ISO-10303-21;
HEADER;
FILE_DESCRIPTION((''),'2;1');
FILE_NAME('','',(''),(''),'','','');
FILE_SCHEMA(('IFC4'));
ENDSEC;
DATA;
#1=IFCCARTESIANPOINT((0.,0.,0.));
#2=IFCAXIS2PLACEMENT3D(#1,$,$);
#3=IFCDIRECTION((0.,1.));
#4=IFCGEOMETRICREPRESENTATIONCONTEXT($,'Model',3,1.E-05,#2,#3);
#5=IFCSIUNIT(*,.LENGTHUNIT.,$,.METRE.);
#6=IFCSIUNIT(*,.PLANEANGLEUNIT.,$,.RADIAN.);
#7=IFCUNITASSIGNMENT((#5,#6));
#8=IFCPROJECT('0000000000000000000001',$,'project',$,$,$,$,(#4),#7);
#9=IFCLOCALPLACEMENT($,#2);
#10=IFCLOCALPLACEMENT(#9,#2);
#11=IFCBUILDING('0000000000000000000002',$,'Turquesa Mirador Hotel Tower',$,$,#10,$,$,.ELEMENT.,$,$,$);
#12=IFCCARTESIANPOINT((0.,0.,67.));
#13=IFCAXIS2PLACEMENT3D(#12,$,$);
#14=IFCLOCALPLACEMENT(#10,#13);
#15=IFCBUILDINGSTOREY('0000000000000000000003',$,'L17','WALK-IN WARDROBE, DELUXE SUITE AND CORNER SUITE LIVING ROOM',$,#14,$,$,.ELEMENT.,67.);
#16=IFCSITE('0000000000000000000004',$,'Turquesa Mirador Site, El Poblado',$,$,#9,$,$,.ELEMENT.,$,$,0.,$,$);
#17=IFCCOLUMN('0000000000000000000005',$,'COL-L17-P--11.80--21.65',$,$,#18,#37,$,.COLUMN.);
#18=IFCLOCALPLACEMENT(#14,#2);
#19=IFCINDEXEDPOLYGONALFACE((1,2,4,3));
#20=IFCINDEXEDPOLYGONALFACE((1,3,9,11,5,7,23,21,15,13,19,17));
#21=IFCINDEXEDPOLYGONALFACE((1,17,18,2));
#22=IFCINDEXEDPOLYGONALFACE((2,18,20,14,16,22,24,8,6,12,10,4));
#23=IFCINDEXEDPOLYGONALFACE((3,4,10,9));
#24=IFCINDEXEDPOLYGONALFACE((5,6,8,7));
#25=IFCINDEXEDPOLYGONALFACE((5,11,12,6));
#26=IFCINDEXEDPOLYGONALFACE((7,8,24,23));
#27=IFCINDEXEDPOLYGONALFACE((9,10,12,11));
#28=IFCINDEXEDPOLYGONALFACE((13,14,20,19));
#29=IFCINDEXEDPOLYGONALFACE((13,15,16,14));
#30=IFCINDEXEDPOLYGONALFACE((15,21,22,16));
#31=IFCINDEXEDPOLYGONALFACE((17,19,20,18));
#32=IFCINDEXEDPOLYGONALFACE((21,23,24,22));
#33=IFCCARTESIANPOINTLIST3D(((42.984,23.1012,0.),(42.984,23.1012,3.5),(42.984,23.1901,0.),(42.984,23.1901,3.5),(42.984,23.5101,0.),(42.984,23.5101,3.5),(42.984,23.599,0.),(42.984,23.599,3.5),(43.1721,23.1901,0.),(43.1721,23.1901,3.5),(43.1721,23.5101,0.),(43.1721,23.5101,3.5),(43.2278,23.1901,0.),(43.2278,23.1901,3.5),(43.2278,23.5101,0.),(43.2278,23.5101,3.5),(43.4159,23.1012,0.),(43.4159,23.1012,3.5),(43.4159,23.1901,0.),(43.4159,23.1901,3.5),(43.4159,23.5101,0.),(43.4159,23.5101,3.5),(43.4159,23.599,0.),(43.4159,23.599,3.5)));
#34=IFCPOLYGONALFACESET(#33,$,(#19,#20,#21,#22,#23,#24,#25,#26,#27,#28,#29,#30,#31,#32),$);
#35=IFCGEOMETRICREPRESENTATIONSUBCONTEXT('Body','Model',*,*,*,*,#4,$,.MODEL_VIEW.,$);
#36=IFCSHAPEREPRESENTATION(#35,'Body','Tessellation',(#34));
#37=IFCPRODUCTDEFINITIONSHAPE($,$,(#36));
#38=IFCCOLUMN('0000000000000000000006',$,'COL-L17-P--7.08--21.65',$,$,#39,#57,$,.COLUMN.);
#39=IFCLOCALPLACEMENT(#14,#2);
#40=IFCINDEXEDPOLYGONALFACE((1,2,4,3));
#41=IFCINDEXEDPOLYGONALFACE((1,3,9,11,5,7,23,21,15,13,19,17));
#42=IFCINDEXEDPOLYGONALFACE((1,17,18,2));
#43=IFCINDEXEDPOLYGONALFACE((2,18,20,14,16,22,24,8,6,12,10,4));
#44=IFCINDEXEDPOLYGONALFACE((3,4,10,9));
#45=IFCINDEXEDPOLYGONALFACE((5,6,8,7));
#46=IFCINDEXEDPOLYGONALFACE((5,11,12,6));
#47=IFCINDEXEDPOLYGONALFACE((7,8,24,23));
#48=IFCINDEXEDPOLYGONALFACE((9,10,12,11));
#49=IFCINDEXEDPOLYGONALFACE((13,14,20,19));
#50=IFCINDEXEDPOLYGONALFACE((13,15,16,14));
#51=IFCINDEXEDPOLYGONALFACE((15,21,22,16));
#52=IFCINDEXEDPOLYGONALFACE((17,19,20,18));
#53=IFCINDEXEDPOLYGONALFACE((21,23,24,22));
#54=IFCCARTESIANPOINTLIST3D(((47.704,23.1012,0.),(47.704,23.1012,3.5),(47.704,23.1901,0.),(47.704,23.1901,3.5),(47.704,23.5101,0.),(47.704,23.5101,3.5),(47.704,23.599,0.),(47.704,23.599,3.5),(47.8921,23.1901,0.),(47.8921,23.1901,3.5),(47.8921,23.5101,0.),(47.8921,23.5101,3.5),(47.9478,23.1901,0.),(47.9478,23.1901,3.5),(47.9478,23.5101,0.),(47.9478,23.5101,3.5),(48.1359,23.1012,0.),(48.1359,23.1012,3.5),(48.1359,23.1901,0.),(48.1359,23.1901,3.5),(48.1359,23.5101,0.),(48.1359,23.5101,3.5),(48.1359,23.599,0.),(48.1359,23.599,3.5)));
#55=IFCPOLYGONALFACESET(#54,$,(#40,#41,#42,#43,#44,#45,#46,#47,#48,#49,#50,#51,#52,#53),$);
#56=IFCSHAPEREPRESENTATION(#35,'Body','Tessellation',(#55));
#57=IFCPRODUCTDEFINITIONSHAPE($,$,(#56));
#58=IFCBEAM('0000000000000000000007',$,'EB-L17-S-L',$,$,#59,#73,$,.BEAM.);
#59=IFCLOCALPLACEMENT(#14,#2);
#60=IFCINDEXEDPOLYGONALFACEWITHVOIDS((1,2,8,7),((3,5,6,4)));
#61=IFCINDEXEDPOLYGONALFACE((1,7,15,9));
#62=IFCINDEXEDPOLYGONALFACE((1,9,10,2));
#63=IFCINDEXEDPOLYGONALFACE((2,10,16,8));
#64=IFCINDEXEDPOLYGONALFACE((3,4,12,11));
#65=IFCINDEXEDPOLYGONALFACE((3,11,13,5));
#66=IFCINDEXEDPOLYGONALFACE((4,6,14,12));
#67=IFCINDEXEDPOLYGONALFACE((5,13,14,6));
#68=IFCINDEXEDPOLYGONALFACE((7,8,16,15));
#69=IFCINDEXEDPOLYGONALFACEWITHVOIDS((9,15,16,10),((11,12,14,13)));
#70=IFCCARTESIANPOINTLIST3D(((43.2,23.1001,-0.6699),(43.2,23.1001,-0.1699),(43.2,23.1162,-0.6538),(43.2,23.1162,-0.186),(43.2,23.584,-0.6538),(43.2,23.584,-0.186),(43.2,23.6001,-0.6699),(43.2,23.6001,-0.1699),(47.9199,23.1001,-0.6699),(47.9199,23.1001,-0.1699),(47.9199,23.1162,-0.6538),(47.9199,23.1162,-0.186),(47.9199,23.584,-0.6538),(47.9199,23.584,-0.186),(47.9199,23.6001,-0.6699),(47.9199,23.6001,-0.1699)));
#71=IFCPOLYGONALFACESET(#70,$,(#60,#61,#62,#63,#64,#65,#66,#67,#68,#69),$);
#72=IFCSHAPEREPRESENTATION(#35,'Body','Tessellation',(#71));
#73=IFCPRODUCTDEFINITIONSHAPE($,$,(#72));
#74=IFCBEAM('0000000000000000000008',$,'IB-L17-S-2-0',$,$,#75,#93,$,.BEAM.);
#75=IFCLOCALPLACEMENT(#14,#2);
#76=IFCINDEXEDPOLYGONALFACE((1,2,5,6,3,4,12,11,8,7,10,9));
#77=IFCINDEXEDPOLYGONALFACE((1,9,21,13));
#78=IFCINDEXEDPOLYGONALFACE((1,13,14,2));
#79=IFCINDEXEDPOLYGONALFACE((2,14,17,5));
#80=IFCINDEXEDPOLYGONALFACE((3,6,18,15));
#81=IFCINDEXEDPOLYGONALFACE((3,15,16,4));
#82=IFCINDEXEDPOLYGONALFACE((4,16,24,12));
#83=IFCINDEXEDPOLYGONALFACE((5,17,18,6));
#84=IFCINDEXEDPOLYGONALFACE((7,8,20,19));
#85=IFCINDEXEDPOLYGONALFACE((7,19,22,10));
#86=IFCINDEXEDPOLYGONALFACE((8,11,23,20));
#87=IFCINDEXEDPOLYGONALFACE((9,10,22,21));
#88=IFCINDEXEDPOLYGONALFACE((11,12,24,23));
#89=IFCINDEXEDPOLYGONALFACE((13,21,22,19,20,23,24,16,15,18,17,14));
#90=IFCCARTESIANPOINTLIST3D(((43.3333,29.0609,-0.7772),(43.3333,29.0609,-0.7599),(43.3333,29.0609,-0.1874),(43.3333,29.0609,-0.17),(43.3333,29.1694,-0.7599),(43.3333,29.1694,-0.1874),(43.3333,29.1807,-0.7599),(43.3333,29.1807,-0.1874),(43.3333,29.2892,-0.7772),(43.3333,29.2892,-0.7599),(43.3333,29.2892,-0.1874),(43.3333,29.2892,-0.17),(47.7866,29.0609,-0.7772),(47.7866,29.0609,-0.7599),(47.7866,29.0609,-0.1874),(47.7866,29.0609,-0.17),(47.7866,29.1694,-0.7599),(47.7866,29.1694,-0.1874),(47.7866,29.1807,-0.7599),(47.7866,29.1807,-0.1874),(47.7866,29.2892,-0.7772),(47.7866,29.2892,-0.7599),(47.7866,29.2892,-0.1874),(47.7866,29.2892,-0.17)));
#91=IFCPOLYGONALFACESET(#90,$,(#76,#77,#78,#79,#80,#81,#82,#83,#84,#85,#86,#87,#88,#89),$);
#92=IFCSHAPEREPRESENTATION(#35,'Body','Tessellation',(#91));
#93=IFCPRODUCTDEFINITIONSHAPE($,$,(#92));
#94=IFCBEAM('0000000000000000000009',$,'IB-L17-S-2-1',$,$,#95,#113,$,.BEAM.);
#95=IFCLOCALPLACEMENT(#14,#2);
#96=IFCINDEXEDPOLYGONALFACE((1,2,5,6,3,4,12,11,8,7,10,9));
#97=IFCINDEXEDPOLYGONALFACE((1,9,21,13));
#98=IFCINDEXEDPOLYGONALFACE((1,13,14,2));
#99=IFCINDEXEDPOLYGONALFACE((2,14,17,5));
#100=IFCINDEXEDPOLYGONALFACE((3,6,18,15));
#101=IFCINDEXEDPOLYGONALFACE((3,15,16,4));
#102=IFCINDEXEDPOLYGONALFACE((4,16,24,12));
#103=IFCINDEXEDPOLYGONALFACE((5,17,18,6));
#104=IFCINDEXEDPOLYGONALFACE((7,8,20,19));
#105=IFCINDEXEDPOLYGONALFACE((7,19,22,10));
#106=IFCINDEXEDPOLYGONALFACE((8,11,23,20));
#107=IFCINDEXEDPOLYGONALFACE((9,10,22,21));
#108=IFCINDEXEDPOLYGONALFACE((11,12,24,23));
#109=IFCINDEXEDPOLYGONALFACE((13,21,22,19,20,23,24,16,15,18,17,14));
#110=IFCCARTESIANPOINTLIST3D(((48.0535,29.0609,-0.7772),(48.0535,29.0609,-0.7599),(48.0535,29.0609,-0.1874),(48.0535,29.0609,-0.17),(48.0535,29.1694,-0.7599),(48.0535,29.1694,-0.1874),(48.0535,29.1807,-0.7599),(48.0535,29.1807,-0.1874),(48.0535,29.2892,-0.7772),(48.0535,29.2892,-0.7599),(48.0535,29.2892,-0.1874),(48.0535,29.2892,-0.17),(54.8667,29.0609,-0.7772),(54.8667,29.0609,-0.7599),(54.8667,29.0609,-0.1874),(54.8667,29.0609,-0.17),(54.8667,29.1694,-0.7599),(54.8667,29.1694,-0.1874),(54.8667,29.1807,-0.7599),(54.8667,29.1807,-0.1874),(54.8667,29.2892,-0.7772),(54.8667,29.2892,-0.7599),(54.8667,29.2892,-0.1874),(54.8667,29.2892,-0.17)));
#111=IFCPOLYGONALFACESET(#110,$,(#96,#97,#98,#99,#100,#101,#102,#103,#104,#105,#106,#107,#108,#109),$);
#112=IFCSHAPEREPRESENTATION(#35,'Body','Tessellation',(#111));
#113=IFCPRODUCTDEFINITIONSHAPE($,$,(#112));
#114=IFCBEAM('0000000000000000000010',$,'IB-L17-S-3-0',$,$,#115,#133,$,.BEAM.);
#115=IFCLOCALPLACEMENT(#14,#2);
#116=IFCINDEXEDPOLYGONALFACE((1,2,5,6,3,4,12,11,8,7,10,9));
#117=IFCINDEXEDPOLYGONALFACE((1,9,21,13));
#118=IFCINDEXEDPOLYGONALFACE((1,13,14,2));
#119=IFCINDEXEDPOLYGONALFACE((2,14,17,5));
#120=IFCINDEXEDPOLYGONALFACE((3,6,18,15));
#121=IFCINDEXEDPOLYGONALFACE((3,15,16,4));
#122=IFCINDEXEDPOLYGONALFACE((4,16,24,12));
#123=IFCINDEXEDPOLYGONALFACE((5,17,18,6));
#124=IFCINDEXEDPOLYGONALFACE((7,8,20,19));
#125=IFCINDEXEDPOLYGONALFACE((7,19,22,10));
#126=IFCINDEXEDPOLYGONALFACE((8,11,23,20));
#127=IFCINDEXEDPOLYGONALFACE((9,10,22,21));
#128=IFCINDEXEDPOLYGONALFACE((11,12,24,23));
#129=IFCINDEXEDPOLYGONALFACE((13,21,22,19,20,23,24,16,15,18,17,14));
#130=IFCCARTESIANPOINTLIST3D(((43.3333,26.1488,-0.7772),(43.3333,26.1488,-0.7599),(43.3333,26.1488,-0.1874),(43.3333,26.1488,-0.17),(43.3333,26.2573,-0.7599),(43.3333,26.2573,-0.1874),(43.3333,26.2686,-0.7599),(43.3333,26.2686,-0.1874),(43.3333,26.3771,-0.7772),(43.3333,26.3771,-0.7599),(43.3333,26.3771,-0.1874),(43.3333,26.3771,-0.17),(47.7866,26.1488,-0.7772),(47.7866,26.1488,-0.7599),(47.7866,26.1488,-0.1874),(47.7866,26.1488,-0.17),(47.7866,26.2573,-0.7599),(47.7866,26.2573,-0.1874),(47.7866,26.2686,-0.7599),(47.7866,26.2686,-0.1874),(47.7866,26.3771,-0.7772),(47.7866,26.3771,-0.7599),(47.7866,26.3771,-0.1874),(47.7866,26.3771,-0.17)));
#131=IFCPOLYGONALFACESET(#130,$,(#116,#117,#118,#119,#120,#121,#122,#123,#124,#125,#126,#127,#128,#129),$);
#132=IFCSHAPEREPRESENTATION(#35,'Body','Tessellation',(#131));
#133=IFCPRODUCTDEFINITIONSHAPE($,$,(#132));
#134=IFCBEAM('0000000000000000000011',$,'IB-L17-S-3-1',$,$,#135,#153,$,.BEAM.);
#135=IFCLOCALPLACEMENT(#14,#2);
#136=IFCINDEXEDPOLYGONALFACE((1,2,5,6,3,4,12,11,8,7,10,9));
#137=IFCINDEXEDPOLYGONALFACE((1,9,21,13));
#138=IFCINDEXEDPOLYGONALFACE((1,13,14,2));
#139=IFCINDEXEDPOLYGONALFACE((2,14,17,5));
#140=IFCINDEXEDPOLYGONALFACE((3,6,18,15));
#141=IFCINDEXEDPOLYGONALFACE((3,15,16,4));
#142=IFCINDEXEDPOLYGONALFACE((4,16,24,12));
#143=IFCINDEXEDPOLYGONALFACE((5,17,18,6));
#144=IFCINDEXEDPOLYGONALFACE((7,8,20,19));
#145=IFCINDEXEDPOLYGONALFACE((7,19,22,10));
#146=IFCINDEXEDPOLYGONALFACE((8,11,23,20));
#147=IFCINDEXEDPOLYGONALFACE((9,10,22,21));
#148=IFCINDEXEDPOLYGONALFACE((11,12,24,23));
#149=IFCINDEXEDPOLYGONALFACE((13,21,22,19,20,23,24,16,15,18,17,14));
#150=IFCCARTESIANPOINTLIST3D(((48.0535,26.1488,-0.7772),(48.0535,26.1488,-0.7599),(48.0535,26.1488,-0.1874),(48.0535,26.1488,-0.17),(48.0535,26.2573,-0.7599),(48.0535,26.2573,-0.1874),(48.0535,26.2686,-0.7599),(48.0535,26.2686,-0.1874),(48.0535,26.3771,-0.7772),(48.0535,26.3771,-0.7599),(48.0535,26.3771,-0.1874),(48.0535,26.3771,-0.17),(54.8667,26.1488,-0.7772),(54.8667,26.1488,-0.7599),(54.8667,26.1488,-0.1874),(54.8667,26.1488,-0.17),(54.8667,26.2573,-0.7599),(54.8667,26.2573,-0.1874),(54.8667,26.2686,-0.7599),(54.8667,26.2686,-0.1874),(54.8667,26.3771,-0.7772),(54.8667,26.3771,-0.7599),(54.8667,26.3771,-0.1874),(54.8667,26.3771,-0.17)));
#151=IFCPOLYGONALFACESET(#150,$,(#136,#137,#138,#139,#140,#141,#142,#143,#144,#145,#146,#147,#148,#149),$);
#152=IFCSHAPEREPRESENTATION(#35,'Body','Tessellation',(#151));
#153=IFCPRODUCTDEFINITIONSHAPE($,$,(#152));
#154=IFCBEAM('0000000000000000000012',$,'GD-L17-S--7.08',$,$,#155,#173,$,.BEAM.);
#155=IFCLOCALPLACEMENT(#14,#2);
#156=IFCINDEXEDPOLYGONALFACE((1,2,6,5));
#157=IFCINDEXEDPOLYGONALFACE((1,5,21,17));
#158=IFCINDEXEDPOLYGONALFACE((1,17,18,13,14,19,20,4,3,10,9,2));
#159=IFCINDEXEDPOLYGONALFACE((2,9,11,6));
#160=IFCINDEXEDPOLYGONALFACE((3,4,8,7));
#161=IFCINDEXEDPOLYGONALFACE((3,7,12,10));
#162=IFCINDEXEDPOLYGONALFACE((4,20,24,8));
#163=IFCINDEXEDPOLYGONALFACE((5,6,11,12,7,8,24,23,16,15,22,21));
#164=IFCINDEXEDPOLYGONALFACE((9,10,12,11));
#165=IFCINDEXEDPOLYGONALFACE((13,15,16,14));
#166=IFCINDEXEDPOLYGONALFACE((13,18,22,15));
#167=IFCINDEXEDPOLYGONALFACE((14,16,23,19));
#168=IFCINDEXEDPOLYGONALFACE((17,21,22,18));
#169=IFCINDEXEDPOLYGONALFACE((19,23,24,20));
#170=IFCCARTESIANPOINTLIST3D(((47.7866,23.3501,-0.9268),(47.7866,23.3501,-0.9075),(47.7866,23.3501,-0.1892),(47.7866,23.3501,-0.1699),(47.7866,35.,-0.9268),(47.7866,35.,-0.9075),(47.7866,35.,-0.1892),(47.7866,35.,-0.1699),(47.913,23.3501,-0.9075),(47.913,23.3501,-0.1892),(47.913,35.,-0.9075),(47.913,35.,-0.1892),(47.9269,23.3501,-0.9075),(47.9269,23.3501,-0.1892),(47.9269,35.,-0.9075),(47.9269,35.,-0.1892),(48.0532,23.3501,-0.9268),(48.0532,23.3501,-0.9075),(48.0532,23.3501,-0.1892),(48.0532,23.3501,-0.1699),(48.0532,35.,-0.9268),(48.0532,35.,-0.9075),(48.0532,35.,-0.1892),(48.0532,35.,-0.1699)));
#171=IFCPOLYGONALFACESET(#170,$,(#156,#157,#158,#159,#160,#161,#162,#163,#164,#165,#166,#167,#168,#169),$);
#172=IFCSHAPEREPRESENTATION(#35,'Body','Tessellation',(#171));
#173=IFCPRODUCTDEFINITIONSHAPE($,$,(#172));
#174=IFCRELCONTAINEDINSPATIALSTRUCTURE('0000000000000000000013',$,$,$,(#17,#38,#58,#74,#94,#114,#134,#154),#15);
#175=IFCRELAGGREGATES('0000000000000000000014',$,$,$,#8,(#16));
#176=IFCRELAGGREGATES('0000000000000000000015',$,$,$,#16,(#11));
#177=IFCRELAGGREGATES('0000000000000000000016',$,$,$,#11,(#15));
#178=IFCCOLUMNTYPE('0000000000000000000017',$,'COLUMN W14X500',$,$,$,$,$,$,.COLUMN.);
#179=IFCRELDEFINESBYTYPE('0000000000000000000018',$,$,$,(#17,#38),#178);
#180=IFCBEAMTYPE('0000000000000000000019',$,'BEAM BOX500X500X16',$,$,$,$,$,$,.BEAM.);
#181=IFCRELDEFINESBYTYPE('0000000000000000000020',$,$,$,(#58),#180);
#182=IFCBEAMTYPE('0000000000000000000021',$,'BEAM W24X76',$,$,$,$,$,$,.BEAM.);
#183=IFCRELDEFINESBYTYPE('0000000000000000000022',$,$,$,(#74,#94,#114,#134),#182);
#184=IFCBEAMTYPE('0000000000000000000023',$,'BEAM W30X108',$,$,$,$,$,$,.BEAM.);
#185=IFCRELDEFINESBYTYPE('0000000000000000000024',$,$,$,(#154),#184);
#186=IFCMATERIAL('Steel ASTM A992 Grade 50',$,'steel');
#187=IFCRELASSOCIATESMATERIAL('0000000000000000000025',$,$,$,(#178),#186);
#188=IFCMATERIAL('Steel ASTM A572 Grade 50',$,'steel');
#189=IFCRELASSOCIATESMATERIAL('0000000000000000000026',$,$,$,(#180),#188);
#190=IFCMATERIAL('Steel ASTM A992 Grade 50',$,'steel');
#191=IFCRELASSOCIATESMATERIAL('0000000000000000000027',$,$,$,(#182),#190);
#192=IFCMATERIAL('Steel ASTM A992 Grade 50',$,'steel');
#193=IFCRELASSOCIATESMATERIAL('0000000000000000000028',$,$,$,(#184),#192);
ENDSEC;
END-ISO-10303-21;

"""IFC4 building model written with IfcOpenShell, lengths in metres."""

from ifc_helpers import new_model, si_unit, direction, frame, origin, origin_2d, place, context, subcontext, project, spatial, hollow_rectangle, i_section, extrude, material, material_profile, profile_set, type_object, element, save


model = new_model("IFC4")

# Units and contexts
model_context = context("Model", 3, precision=1e-05, world=origin(), true_north=direction((0.0, 1.0)))
body_context = subcontext(model_context, "Body", "Model", "MODEL_VIEW")
ifc_project = project(units=[si_unit("LENGTHUNIT", "METRE"), si_unit("PLANEANGLEUNIT", "RADIAN")], contexts=[model_context])

# Site, building, storey
site_placement = place(None, origin())
site = spatial("IfcSite", under=ifc_project, at=site_placement, Name="Turquesa Mirador Site, El Poblado", CompositionType="ELEMENT", RefElevation=0.0)
building_placement = place(site_placement, origin())
building = spatial("IfcBuilding", under=site, at=building_placement, Name="Turquesa Mirador Hotel Tower", CompositionType="ELEMENT")
storey_placement = place(building_placement, frame((0.0, 0.0, 67.0)))
storey = spatial("IfcBuildingStorey", under=building, at=storey_placement, Name="L17", Description="WALK-IN WARDROBE, DELUXE SUITE AND CORNER SUITE LIVING ROOM", CompositionType="ELEMENT", Elevation=67.0)

# Columns
ifc_material_1 = material(Name="Steel ASTM A992 Grade 50", Category="steel")
ifc_material_profile_1 = material_profile(ifc_material_1, i_section(OverallWidth=0.4319, OverallDepth=0.4978, WebThickness=0.0557, FlangeThickness=0.0889, at=origin_2d()), Name="W14X500")
ifc_profile_set_1 = profile_set([ifc_material_profile_1], Name="Steel ASTM A992 Grade 50")
column_type = type_object("IfcColumnType", Name="COLUMN W14X500", PredefinedType="COLUMN", material=ifc_profile_set_1)
for number, where, z_axis, x_axis, name in (
    (1, (43.2, 23.3501, 0.0), (0.0, 0.0, 1.0), (1.0, 0.0, 0.0), "COL-L17-P--11.80--21.65"),
    (2, (47.9199, 23.3501, 0.0), (0.0, 0.0, 1.0), (1.0, 0.0, 0.0), "COL-L17-P--7.08--21.65"),
):
    element("IfcColumn", number, at=place(storey_placement, frame(where, z_axis=z_axis, x_axis=x_axis)), inside=storey, type_object=column_type, Name=name, PredefinedType="COLUMN", context=body_context, shape_type="SweptSolid", body=[
        extrude(i_section(OverallWidth=0.4319, OverallDepth=0.4978, WebThickness=0.0557, FlangeThickness=0.0889, at=origin_2d()), origin(), (0.0, 0.0, 1.0), 3.5),
    ])

# Beams
ifc_material_2 = material(Name="Steel ASTM A572 Grade 50", Category="steel")
ifc_material_profile_2 = material_profile(ifc_material_2, hollow_rectangle(XDim=0.5, YDim=0.5, WallThickness=0.0161, at=origin_2d()), Name="BOX500X500X16")
ifc_profile_set_2 = profile_set([ifc_material_profile_2], Name="Steel ASTM A572 Grade 50")
beam_type_1 = type_object("IfcBeamType", Name="BEAM BOX500X500X16", PredefinedType="BEAM", material=ifc_profile_set_2)
beam_1_placement = place(storey_placement, frame((43.2, 23.3501, -0.4199), z_axis=(1.0, 0.0, 0.0), x_axis=(0.0, 1.0, 0.0)))
element("IfcBeam", 3, at=beam_1_placement, inside=storey, type_object=beam_type_1, Name="EB-L17-S-L", PredefinedType="BEAM", context=body_context, shape_type="SweptSolid", body=[
    extrude(hollow_rectangle(XDim=0.5, YDim=0.5, WallThickness=0.0161, at=origin_2d()), origin(), (0.0, 0.0, 1.0), 4.72),
])
ifc_material_3 = material(Name="Steel ASTM A992 Grade 50", Category="steel")
ifc_material_profile_3 = material_profile(ifc_material_3, i_section(OverallWidth=0.2283, OverallDepth=0.6072, WebThickness=0.0112, FlangeThickness=0.0173, at=origin_2d()), Name="W24X76")
ifc_profile_set_3 = profile_set([ifc_material_profile_3], Name="Steel ASTM A992 Grade 50")
beam_type_2 = type_object("IfcBeamType", Name="BEAM W24X76", PredefinedType="BEAM", material=ifc_profile_set_3)
beam_2_placement = place(storey_placement, frame((43.3333, 29.175, -0.4736), z_axis=(1.0, 0.0, 0.0), x_axis=(0.0, 1.0, 0.0)))
element("IfcBeam", 4, at=beam_2_placement, inside=storey, type_object=beam_type_2, Name="IB-L17-S-2-0", PredefinedType="BEAM", context=body_context, shape_type="SweptSolid", body=[
    extrude(i_section(OverallWidth=0.2283, OverallDepth=0.6072, WebThickness=0.0112, FlangeThickness=0.0173, at=origin_2d()), origin(), (0.0, 0.0, 1.0), 4.4534),
])
beam_3_placement = place(storey_placement, frame((48.0535, 29.175, -0.4736), z_axis=(1.0, 0.0, 0.0), x_axis=(0.0, 1.0, 0.0)))
element("IfcBeam", 5, at=beam_3_placement, inside=storey, type_object=beam_type_2, Name="IB-L17-S-2-1", PredefinedType="BEAM", context=body_context, shape_type="SweptSolid", body=[
    extrude(i_section(OverallWidth=0.2283, OverallDepth=0.6072, WebThickness=0.0112, FlangeThickness=0.0173, at=origin_2d()), origin(), (0.0, 0.0, 1.0), 6.8132),
])
beam_4_placement = place(storey_placement, frame((43.3333, 26.2629, -0.4736), z_axis=(1.0, 0.0, 0.0), x_axis=(0.0, 1.0, 0.0)))
element("IfcBeam", 6, at=beam_4_placement, inside=storey, type_object=beam_type_2, Name="IB-L17-S-3-0", PredefinedType="BEAM", context=body_context, shape_type="SweptSolid", body=[
    extrude(i_section(OverallWidth=0.2283, OverallDepth=0.6072, WebThickness=0.0112, FlangeThickness=0.0173, at=origin_2d()), origin(), (0.0, 0.0, 1.0), 4.4534),
])
beam_5_placement = place(storey_placement, frame((48.0535, 26.2629, -0.4736), z_axis=(1.0, 0.0, 0.0), x_axis=(0.0, 1.0, 0.0)))
element("IfcBeam", 7, at=beam_5_placement, inside=storey, type_object=beam_type_2, Name="IB-L17-S-3-1", PredefinedType="BEAM", context=body_context, shape_type="SweptSolid", body=[
    extrude(i_section(OverallWidth=0.2283, OverallDepth=0.6072, WebThickness=0.0112, FlangeThickness=0.0173, at=origin_2d()), origin(), (0.0, 0.0, 1.0), 6.8132),
])
ifc_material_4 = material(Name="Steel ASTM A992 Grade 50", Category="steel")
ifc_material_profile_4 = material_profile(ifc_material_4, i_section(OverallWidth=0.2666, OverallDepth=0.7568, WebThickness=0.0139, FlangeThickness=0.0193, at=origin_2d()), Name="W30X108")
ifc_profile_set_4 = profile_set([ifc_material_profile_4], Name="Steel ASTM A992 Grade 50")
beam_type_3 = type_object("IfcBeamType", Name="BEAM W30X108", PredefinedType="BEAM", material=ifc_profile_set_4)
beam_6_placement = place(storey_placement, frame((47.9199, 23.3501, -0.5483), z_axis=(0.0, 1.0, 0.0), x_axis=(-1.0, 0.0, 0.0)))
element("IfcBeam", 8, at=beam_6_placement, inside=storey, type_object=beam_type_3, Name="GD-L17-S--7.08", PredefinedType="BEAM", context=body_context, shape_type="SweptSolid", body=[
    extrude(i_section(OverallWidth=0.2666, OverallDepth=0.7568, WebThickness=0.0139, FlangeThickness=0.0193, at=origin_2d()), origin(), (0.0, 0.0, 1.0), 11.6499),
])

save(model, "model.ifc")
